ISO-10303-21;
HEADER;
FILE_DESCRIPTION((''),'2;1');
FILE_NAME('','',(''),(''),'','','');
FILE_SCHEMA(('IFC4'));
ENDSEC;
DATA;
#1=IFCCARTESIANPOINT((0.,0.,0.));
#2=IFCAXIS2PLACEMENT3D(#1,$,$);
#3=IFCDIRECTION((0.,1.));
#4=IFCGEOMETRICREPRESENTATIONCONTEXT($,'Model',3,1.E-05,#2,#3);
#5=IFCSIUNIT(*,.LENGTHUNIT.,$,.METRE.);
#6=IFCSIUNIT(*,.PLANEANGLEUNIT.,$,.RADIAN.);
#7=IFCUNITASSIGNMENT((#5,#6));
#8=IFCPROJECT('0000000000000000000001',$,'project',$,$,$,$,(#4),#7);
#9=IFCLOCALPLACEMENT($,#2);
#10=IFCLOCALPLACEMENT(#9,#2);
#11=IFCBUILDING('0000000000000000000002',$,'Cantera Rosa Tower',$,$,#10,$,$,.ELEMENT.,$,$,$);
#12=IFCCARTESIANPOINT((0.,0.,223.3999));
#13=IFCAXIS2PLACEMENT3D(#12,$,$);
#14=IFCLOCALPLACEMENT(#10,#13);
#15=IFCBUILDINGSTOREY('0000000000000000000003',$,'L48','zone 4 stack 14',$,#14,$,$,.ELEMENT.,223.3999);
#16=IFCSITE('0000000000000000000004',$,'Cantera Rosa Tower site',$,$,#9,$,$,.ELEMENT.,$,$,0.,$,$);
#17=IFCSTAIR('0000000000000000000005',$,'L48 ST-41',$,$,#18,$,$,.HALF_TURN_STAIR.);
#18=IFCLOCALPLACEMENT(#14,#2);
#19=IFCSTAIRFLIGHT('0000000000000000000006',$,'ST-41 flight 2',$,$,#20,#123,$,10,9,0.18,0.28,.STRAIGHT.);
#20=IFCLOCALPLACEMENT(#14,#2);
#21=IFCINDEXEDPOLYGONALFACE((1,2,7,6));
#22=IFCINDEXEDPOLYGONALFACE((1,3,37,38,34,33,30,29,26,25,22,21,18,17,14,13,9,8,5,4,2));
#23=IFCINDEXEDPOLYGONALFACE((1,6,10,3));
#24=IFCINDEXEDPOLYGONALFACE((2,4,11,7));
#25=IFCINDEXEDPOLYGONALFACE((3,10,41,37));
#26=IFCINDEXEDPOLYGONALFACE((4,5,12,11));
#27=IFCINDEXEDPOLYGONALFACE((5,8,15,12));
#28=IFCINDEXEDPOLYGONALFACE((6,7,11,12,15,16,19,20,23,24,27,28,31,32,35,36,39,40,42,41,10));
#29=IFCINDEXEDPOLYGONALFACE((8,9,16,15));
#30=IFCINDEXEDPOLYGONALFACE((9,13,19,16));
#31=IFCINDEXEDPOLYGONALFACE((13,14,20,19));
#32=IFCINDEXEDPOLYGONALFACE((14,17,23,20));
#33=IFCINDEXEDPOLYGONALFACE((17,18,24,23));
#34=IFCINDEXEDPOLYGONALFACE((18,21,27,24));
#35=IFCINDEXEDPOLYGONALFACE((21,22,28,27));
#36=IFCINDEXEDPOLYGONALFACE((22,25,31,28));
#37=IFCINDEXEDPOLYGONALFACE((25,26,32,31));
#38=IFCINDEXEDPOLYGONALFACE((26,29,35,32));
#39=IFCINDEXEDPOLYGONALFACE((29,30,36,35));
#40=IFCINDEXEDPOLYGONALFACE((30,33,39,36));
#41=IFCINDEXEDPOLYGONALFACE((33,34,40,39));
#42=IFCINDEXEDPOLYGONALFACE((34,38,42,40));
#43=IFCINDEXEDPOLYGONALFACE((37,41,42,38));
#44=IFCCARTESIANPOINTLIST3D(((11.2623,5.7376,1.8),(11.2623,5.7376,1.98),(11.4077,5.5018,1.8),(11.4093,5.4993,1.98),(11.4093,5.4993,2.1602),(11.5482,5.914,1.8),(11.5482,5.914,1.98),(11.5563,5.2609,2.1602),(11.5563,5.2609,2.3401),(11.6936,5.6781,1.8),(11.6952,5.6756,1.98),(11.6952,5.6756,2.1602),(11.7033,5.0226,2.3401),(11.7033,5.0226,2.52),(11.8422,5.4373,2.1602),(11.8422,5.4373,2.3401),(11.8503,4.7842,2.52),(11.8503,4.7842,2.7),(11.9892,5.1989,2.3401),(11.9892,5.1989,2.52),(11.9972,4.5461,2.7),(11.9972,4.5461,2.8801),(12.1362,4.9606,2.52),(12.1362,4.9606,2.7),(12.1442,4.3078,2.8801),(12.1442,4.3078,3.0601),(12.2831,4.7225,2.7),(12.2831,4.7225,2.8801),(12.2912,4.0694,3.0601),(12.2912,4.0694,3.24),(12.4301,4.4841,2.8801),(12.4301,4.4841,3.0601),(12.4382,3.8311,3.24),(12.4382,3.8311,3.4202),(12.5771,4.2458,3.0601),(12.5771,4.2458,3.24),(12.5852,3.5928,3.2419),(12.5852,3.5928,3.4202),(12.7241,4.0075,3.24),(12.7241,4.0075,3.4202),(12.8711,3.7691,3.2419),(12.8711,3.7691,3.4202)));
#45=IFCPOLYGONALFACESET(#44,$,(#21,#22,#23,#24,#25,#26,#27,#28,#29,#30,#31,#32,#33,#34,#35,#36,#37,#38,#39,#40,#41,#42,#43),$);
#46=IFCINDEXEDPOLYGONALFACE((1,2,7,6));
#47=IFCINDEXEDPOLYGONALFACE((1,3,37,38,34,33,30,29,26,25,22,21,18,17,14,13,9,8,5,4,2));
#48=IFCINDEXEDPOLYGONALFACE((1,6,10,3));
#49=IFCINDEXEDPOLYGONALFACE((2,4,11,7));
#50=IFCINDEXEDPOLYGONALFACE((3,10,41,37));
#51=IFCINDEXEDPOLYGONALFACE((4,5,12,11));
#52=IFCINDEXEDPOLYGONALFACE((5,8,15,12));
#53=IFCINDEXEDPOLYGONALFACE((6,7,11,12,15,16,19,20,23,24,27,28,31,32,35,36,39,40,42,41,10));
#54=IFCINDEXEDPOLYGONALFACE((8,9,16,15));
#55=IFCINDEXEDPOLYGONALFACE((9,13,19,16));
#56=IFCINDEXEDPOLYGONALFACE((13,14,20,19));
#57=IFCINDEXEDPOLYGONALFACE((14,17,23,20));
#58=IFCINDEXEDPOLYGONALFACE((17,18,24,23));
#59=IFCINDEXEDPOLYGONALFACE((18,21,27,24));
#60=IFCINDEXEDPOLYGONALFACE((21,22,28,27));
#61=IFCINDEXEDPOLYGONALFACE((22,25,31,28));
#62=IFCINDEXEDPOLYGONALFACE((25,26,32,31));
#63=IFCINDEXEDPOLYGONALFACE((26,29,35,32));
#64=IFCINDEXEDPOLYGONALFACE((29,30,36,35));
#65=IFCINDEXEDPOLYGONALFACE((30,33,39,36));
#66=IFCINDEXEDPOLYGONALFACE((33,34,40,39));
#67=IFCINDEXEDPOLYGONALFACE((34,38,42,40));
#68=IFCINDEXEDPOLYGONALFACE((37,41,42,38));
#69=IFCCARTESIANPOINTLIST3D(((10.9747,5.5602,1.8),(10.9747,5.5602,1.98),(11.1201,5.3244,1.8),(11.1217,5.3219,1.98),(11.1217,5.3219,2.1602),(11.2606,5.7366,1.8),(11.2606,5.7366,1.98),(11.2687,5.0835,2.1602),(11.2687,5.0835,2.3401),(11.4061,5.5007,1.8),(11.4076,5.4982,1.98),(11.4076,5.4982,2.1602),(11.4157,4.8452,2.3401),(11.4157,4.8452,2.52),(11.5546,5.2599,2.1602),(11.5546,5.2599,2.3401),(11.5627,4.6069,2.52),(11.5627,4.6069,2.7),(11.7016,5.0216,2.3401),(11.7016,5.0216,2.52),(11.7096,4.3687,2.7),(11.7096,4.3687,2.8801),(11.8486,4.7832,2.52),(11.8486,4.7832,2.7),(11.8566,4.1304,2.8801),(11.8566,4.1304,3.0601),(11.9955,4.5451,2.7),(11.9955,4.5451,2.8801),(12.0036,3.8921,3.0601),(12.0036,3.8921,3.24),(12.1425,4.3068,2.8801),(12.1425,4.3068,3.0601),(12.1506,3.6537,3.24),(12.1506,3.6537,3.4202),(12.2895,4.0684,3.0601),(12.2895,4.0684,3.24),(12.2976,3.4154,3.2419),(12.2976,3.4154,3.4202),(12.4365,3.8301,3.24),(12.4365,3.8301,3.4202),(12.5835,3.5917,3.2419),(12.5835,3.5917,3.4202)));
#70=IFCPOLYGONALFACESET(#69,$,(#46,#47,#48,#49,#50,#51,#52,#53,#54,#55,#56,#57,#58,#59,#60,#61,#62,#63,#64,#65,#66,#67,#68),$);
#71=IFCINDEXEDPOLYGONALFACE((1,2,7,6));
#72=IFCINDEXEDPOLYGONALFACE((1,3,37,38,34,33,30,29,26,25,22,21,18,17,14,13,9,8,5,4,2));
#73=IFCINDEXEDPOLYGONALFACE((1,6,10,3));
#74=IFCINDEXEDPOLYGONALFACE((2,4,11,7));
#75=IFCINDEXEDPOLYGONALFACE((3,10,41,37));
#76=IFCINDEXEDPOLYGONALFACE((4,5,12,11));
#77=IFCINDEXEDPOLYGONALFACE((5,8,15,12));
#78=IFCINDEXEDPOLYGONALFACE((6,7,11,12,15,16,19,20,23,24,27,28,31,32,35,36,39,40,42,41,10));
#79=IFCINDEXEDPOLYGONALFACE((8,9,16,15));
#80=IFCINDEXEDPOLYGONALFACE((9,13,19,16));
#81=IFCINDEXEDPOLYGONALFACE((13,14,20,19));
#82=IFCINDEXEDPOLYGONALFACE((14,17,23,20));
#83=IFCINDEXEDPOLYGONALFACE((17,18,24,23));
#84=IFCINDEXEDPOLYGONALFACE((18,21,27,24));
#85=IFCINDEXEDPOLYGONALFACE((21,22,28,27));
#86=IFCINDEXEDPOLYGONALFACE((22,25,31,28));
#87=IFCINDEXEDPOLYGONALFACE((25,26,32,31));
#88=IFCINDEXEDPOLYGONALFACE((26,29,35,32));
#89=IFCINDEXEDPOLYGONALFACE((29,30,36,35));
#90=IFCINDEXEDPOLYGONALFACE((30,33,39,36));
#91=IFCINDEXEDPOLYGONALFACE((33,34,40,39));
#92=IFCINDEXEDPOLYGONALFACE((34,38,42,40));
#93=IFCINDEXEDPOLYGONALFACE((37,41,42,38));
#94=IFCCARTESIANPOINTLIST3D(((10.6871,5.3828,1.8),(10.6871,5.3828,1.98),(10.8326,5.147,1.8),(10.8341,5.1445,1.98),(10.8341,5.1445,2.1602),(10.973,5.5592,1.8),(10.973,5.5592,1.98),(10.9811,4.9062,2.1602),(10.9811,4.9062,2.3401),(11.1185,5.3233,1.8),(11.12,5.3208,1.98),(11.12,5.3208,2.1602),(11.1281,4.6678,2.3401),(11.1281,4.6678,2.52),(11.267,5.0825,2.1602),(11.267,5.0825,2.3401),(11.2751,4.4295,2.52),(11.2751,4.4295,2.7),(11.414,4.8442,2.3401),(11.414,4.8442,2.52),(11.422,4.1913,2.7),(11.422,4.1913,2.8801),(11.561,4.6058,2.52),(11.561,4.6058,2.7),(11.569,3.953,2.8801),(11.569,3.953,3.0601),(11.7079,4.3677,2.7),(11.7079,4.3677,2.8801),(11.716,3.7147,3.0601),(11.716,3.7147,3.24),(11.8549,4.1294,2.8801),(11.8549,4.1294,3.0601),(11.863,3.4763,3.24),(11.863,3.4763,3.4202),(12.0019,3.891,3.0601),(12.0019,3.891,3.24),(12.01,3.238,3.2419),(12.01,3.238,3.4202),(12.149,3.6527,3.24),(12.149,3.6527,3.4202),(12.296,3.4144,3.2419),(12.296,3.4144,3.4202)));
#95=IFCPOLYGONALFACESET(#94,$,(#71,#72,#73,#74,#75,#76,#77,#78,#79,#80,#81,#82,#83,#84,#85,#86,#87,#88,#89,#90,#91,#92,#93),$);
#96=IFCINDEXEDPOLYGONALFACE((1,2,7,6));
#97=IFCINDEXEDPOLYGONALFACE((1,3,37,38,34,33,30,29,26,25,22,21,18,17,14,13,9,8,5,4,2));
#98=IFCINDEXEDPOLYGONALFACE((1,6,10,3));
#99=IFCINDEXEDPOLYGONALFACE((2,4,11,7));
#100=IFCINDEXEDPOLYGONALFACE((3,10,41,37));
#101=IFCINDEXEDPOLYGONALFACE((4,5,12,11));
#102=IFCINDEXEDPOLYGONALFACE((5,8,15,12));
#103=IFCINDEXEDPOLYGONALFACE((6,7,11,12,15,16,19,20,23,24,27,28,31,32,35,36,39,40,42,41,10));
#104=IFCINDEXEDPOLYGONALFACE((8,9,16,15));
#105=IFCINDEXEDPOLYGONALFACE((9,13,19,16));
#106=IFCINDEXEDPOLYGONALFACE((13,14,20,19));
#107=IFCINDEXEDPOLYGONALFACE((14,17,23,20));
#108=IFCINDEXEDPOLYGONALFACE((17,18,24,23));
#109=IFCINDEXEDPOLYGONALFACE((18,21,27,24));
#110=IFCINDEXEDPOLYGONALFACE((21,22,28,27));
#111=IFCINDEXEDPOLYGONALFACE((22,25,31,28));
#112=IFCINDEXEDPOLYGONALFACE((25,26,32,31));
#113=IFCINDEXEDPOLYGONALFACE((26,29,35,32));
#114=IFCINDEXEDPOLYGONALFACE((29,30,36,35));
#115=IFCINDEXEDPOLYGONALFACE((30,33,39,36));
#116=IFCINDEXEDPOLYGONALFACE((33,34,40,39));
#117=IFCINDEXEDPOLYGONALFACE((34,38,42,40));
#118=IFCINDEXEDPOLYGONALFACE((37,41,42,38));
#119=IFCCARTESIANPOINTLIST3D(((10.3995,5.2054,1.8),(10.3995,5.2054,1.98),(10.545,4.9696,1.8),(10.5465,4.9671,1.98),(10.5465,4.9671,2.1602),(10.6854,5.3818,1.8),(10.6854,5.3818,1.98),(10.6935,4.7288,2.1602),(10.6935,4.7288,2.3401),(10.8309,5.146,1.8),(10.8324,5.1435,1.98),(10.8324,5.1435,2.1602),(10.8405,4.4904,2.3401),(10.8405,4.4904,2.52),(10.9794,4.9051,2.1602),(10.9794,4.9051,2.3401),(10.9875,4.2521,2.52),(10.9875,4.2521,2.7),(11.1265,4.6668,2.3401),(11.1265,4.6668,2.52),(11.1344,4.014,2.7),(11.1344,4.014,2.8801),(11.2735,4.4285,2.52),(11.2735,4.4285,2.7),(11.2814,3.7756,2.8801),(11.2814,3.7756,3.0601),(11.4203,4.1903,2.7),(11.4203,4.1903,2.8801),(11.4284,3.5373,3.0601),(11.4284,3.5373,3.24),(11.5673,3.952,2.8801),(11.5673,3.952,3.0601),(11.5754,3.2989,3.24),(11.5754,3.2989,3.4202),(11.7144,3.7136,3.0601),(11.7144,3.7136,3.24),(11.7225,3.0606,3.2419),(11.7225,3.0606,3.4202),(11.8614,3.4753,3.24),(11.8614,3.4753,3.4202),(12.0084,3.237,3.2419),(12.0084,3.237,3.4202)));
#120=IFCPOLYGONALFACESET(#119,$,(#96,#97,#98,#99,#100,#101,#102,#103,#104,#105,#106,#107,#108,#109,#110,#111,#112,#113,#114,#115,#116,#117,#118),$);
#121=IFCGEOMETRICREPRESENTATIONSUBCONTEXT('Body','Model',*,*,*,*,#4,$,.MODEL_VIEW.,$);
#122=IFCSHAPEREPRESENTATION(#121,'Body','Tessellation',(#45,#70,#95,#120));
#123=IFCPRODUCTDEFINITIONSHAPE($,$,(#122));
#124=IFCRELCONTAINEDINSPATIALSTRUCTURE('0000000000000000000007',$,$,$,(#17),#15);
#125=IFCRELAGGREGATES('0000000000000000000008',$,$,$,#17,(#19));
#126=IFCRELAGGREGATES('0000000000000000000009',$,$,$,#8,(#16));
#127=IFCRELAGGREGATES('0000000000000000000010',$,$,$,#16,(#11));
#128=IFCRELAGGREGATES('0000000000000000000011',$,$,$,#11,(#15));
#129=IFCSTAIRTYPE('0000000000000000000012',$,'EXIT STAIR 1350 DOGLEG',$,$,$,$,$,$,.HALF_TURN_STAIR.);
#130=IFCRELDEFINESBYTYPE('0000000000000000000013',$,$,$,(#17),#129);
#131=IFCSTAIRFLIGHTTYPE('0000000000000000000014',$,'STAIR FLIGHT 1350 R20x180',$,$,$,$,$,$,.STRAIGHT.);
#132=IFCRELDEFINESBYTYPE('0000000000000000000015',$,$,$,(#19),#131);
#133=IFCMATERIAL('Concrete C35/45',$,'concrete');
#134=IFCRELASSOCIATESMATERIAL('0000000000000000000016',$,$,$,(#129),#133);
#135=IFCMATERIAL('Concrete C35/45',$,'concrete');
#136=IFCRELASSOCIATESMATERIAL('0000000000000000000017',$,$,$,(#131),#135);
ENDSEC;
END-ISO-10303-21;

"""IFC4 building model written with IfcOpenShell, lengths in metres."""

from ifc_helpers import new_model, si_unit, direction, frame, origin, place, context, subcontext, project, spatial, polyline, outline, extrude, material, type_object, element, aggregate, save


model = new_model("IFC4")

# Units and contexts
model_context = context("Model", 3, precision=1e-05, world=origin(), true_north=direction((0.0, 1.0)))
body_context = subcontext(model_context, "Body", "Model", "MODEL_VIEW")
ifc_project = project(units=[si_unit("LENGTHUNIT", "METRE"), si_unit("PLANEANGLEUNIT", "RADIAN")], contexts=[model_context])

# Site, building, storey
site_placement = place(None, origin())
site = spatial("IfcSite", under=ifc_project, at=site_placement, Name="Cantera Rosa Tower site", CompositionType="ELEMENT", RefElevation=0.0)
building_placement = place(site_placement, origin())
building = spatial("IfcBuilding", under=site, at=building_placement, Name="Cantera Rosa Tower", CompositionType="ELEMENT")
storey_placement = place(building_placement, frame((0.0, 0.0, 223.3999)))
storey = spatial("IfcBuildingStorey", under=building, at=storey_placement, Name="L48", Description="zone 4 stack 14", CompositionType="ELEMENT", Elevation=223.3999)

# Stair, stair flight
ifc_material_1 = material(Name="Concrete C35/45", Category="concrete")
stair_type = type_object("IfcStairType", Name="EXIT STAIR 1350 DOGLEG", PredefinedType="HALF_TURN_STAIR", material=ifc_material_1)
stair_1_placement = place(storey_placement, origin())
stair_1 = element("IfcStair", 1, at=stair_1_placement, inside=storey, type_object=stair_type, Name="L48 ST-41", PredefinedType="HALF_TURN_STAIR")
ifc_material_2 = material(Name="Concrete C35/45", Category="concrete")
stair_flight_type = type_object("IfcStairFlightType", Name="STAIR FLIGHT 1350 R20x180", PredefinedType="STRAIGHT", material=ifc_material_2)
stair_flight_1_placement = place(storey_placement, frame((10.9736, 5.5596, 1.8), z_axis=(0.0, 0.0, 1.0), x_axis=(0.524977, -0.851117, 0.0)))
stair_flight_1 = element("IfcStairFlight", 2, at=stair_flight_1_placement, type_object=stair_flight_type, Name="ST-41 flight 2", NumberOfRisers=10, NumberOfTreads=9, PredefinedType="STRAIGHT", RiserHeight=0.18, TreadLength=0.28, context=body_context, shape_type="SweptSolid", body=[
    extrude(outline(polyline([(0.0, 0.0), (0.0, 0.1799), (0.28, 0.1799), (0.28, 0.3601), (0.5601, 0.3601), (0.5601, 0.54), (0.8401, 0.54), (0.8401, 0.72), (1.1201, 0.72), (1.1201, 0.8999), (1.3999, 0.8999), (1.3999, 1.0801), (1.6799, 1.0801), (1.6799, 1.26), (1.96, 1.26), (1.96, 1.4399), (2.24, 1.4399), (2.24, 1.6201), (2.52, 1.6201), (2.52, 1.8), (2.52, 1.4419), (0.2771, 0.0), (0.0, 0.0)])), frame((0.0, 0.675, 0.0), z_axis=(0.0, -1.0, 0.0), x_axis=(1.0, 0.0, 0.0)), (0.0, 0.0, 1.0), 0.3359),
    extrude(outline(polyline([(0.0, 0.0), (0.0, 0.1799), (0.28, 0.1799), (0.28, 0.3601), (0.5601, 0.3601), (0.5601, 0.54), (0.8401, 0.54), (0.8401, 0.72), (1.1201, 0.72), (1.1201, 0.8999), (1.3999, 0.8999), (1.3999, 1.0801), (1.6799, 1.0801), (1.6799, 1.26), (1.96, 1.26), (1.96, 1.4399), (2.24, 1.4399), (2.24, 1.6201), (2.52, 1.6201), (2.52, 1.8), (2.52, 1.4419), (0.2771, 0.0), (0.0, 0.0)])), frame((0.0, 0.3372, 0.0), z_axis=(0.0, -1.0, 0.0), x_axis=(1.0, 0.0, 0.0)), (0.0, 0.0, 1.0), 0.3359),
    extrude(outline(polyline([(0.0, 0.0), (0.0, 0.1799), (0.28, 0.1799), (0.28, 0.3601), (0.5601, 0.3601), (0.5601, 0.54), (0.8401, 0.54), (0.8401, 0.72), (1.1201, 0.72), (1.1201, 0.8999), (1.3999, 0.8999), (1.3999, 1.0801), (1.6799, 1.0801), (1.6799, 1.26), (1.96, 1.26), (1.96, 1.4399), (2.24, 1.4399), (2.24, 1.6201), (2.52, 1.6201), (2.52, 1.8), (2.52, 1.4419), (0.2771, 0.0), (0.0, 0.0)])), frame((0.0, -0.0007, 0.0), z_axis=(0.0, -1.0, 0.0), x_axis=(1.0, 0.0, 0.0)), (0.0, 0.0, 1.0), 0.3359),
    extrude(outline(polyline([(0.0, 0.0), (0.0, 0.1799), (0.28, 0.1799), (0.28, 0.3601), (0.5601, 0.3601), (0.5601, 0.54), (0.8401, 0.54), (0.8401, 0.72), (1.1201, 0.72), (1.1201, 0.8999), (1.3999, 0.8999), (1.3999, 1.0801), (1.6799, 1.0801), (1.6799, 1.26), (1.96, 1.26), (1.96, 1.4399), (2.24, 1.4399), (2.24, 1.6201), (2.52, 1.6201), (2.52, 1.8), (2.52, 1.4419), (0.2771, 0.0), (0.0, 0.0)])), frame((0.0, -0.3386, 0.0), z_axis=(0.0, -1.0, 0.0), x_axis=(1.0, 0.0, 0.0)), (0.0, 0.0, 1.0), 0.3359),
])
aggregate(stair_1, [stair_flight_1])

save(model, "model.ifc")
